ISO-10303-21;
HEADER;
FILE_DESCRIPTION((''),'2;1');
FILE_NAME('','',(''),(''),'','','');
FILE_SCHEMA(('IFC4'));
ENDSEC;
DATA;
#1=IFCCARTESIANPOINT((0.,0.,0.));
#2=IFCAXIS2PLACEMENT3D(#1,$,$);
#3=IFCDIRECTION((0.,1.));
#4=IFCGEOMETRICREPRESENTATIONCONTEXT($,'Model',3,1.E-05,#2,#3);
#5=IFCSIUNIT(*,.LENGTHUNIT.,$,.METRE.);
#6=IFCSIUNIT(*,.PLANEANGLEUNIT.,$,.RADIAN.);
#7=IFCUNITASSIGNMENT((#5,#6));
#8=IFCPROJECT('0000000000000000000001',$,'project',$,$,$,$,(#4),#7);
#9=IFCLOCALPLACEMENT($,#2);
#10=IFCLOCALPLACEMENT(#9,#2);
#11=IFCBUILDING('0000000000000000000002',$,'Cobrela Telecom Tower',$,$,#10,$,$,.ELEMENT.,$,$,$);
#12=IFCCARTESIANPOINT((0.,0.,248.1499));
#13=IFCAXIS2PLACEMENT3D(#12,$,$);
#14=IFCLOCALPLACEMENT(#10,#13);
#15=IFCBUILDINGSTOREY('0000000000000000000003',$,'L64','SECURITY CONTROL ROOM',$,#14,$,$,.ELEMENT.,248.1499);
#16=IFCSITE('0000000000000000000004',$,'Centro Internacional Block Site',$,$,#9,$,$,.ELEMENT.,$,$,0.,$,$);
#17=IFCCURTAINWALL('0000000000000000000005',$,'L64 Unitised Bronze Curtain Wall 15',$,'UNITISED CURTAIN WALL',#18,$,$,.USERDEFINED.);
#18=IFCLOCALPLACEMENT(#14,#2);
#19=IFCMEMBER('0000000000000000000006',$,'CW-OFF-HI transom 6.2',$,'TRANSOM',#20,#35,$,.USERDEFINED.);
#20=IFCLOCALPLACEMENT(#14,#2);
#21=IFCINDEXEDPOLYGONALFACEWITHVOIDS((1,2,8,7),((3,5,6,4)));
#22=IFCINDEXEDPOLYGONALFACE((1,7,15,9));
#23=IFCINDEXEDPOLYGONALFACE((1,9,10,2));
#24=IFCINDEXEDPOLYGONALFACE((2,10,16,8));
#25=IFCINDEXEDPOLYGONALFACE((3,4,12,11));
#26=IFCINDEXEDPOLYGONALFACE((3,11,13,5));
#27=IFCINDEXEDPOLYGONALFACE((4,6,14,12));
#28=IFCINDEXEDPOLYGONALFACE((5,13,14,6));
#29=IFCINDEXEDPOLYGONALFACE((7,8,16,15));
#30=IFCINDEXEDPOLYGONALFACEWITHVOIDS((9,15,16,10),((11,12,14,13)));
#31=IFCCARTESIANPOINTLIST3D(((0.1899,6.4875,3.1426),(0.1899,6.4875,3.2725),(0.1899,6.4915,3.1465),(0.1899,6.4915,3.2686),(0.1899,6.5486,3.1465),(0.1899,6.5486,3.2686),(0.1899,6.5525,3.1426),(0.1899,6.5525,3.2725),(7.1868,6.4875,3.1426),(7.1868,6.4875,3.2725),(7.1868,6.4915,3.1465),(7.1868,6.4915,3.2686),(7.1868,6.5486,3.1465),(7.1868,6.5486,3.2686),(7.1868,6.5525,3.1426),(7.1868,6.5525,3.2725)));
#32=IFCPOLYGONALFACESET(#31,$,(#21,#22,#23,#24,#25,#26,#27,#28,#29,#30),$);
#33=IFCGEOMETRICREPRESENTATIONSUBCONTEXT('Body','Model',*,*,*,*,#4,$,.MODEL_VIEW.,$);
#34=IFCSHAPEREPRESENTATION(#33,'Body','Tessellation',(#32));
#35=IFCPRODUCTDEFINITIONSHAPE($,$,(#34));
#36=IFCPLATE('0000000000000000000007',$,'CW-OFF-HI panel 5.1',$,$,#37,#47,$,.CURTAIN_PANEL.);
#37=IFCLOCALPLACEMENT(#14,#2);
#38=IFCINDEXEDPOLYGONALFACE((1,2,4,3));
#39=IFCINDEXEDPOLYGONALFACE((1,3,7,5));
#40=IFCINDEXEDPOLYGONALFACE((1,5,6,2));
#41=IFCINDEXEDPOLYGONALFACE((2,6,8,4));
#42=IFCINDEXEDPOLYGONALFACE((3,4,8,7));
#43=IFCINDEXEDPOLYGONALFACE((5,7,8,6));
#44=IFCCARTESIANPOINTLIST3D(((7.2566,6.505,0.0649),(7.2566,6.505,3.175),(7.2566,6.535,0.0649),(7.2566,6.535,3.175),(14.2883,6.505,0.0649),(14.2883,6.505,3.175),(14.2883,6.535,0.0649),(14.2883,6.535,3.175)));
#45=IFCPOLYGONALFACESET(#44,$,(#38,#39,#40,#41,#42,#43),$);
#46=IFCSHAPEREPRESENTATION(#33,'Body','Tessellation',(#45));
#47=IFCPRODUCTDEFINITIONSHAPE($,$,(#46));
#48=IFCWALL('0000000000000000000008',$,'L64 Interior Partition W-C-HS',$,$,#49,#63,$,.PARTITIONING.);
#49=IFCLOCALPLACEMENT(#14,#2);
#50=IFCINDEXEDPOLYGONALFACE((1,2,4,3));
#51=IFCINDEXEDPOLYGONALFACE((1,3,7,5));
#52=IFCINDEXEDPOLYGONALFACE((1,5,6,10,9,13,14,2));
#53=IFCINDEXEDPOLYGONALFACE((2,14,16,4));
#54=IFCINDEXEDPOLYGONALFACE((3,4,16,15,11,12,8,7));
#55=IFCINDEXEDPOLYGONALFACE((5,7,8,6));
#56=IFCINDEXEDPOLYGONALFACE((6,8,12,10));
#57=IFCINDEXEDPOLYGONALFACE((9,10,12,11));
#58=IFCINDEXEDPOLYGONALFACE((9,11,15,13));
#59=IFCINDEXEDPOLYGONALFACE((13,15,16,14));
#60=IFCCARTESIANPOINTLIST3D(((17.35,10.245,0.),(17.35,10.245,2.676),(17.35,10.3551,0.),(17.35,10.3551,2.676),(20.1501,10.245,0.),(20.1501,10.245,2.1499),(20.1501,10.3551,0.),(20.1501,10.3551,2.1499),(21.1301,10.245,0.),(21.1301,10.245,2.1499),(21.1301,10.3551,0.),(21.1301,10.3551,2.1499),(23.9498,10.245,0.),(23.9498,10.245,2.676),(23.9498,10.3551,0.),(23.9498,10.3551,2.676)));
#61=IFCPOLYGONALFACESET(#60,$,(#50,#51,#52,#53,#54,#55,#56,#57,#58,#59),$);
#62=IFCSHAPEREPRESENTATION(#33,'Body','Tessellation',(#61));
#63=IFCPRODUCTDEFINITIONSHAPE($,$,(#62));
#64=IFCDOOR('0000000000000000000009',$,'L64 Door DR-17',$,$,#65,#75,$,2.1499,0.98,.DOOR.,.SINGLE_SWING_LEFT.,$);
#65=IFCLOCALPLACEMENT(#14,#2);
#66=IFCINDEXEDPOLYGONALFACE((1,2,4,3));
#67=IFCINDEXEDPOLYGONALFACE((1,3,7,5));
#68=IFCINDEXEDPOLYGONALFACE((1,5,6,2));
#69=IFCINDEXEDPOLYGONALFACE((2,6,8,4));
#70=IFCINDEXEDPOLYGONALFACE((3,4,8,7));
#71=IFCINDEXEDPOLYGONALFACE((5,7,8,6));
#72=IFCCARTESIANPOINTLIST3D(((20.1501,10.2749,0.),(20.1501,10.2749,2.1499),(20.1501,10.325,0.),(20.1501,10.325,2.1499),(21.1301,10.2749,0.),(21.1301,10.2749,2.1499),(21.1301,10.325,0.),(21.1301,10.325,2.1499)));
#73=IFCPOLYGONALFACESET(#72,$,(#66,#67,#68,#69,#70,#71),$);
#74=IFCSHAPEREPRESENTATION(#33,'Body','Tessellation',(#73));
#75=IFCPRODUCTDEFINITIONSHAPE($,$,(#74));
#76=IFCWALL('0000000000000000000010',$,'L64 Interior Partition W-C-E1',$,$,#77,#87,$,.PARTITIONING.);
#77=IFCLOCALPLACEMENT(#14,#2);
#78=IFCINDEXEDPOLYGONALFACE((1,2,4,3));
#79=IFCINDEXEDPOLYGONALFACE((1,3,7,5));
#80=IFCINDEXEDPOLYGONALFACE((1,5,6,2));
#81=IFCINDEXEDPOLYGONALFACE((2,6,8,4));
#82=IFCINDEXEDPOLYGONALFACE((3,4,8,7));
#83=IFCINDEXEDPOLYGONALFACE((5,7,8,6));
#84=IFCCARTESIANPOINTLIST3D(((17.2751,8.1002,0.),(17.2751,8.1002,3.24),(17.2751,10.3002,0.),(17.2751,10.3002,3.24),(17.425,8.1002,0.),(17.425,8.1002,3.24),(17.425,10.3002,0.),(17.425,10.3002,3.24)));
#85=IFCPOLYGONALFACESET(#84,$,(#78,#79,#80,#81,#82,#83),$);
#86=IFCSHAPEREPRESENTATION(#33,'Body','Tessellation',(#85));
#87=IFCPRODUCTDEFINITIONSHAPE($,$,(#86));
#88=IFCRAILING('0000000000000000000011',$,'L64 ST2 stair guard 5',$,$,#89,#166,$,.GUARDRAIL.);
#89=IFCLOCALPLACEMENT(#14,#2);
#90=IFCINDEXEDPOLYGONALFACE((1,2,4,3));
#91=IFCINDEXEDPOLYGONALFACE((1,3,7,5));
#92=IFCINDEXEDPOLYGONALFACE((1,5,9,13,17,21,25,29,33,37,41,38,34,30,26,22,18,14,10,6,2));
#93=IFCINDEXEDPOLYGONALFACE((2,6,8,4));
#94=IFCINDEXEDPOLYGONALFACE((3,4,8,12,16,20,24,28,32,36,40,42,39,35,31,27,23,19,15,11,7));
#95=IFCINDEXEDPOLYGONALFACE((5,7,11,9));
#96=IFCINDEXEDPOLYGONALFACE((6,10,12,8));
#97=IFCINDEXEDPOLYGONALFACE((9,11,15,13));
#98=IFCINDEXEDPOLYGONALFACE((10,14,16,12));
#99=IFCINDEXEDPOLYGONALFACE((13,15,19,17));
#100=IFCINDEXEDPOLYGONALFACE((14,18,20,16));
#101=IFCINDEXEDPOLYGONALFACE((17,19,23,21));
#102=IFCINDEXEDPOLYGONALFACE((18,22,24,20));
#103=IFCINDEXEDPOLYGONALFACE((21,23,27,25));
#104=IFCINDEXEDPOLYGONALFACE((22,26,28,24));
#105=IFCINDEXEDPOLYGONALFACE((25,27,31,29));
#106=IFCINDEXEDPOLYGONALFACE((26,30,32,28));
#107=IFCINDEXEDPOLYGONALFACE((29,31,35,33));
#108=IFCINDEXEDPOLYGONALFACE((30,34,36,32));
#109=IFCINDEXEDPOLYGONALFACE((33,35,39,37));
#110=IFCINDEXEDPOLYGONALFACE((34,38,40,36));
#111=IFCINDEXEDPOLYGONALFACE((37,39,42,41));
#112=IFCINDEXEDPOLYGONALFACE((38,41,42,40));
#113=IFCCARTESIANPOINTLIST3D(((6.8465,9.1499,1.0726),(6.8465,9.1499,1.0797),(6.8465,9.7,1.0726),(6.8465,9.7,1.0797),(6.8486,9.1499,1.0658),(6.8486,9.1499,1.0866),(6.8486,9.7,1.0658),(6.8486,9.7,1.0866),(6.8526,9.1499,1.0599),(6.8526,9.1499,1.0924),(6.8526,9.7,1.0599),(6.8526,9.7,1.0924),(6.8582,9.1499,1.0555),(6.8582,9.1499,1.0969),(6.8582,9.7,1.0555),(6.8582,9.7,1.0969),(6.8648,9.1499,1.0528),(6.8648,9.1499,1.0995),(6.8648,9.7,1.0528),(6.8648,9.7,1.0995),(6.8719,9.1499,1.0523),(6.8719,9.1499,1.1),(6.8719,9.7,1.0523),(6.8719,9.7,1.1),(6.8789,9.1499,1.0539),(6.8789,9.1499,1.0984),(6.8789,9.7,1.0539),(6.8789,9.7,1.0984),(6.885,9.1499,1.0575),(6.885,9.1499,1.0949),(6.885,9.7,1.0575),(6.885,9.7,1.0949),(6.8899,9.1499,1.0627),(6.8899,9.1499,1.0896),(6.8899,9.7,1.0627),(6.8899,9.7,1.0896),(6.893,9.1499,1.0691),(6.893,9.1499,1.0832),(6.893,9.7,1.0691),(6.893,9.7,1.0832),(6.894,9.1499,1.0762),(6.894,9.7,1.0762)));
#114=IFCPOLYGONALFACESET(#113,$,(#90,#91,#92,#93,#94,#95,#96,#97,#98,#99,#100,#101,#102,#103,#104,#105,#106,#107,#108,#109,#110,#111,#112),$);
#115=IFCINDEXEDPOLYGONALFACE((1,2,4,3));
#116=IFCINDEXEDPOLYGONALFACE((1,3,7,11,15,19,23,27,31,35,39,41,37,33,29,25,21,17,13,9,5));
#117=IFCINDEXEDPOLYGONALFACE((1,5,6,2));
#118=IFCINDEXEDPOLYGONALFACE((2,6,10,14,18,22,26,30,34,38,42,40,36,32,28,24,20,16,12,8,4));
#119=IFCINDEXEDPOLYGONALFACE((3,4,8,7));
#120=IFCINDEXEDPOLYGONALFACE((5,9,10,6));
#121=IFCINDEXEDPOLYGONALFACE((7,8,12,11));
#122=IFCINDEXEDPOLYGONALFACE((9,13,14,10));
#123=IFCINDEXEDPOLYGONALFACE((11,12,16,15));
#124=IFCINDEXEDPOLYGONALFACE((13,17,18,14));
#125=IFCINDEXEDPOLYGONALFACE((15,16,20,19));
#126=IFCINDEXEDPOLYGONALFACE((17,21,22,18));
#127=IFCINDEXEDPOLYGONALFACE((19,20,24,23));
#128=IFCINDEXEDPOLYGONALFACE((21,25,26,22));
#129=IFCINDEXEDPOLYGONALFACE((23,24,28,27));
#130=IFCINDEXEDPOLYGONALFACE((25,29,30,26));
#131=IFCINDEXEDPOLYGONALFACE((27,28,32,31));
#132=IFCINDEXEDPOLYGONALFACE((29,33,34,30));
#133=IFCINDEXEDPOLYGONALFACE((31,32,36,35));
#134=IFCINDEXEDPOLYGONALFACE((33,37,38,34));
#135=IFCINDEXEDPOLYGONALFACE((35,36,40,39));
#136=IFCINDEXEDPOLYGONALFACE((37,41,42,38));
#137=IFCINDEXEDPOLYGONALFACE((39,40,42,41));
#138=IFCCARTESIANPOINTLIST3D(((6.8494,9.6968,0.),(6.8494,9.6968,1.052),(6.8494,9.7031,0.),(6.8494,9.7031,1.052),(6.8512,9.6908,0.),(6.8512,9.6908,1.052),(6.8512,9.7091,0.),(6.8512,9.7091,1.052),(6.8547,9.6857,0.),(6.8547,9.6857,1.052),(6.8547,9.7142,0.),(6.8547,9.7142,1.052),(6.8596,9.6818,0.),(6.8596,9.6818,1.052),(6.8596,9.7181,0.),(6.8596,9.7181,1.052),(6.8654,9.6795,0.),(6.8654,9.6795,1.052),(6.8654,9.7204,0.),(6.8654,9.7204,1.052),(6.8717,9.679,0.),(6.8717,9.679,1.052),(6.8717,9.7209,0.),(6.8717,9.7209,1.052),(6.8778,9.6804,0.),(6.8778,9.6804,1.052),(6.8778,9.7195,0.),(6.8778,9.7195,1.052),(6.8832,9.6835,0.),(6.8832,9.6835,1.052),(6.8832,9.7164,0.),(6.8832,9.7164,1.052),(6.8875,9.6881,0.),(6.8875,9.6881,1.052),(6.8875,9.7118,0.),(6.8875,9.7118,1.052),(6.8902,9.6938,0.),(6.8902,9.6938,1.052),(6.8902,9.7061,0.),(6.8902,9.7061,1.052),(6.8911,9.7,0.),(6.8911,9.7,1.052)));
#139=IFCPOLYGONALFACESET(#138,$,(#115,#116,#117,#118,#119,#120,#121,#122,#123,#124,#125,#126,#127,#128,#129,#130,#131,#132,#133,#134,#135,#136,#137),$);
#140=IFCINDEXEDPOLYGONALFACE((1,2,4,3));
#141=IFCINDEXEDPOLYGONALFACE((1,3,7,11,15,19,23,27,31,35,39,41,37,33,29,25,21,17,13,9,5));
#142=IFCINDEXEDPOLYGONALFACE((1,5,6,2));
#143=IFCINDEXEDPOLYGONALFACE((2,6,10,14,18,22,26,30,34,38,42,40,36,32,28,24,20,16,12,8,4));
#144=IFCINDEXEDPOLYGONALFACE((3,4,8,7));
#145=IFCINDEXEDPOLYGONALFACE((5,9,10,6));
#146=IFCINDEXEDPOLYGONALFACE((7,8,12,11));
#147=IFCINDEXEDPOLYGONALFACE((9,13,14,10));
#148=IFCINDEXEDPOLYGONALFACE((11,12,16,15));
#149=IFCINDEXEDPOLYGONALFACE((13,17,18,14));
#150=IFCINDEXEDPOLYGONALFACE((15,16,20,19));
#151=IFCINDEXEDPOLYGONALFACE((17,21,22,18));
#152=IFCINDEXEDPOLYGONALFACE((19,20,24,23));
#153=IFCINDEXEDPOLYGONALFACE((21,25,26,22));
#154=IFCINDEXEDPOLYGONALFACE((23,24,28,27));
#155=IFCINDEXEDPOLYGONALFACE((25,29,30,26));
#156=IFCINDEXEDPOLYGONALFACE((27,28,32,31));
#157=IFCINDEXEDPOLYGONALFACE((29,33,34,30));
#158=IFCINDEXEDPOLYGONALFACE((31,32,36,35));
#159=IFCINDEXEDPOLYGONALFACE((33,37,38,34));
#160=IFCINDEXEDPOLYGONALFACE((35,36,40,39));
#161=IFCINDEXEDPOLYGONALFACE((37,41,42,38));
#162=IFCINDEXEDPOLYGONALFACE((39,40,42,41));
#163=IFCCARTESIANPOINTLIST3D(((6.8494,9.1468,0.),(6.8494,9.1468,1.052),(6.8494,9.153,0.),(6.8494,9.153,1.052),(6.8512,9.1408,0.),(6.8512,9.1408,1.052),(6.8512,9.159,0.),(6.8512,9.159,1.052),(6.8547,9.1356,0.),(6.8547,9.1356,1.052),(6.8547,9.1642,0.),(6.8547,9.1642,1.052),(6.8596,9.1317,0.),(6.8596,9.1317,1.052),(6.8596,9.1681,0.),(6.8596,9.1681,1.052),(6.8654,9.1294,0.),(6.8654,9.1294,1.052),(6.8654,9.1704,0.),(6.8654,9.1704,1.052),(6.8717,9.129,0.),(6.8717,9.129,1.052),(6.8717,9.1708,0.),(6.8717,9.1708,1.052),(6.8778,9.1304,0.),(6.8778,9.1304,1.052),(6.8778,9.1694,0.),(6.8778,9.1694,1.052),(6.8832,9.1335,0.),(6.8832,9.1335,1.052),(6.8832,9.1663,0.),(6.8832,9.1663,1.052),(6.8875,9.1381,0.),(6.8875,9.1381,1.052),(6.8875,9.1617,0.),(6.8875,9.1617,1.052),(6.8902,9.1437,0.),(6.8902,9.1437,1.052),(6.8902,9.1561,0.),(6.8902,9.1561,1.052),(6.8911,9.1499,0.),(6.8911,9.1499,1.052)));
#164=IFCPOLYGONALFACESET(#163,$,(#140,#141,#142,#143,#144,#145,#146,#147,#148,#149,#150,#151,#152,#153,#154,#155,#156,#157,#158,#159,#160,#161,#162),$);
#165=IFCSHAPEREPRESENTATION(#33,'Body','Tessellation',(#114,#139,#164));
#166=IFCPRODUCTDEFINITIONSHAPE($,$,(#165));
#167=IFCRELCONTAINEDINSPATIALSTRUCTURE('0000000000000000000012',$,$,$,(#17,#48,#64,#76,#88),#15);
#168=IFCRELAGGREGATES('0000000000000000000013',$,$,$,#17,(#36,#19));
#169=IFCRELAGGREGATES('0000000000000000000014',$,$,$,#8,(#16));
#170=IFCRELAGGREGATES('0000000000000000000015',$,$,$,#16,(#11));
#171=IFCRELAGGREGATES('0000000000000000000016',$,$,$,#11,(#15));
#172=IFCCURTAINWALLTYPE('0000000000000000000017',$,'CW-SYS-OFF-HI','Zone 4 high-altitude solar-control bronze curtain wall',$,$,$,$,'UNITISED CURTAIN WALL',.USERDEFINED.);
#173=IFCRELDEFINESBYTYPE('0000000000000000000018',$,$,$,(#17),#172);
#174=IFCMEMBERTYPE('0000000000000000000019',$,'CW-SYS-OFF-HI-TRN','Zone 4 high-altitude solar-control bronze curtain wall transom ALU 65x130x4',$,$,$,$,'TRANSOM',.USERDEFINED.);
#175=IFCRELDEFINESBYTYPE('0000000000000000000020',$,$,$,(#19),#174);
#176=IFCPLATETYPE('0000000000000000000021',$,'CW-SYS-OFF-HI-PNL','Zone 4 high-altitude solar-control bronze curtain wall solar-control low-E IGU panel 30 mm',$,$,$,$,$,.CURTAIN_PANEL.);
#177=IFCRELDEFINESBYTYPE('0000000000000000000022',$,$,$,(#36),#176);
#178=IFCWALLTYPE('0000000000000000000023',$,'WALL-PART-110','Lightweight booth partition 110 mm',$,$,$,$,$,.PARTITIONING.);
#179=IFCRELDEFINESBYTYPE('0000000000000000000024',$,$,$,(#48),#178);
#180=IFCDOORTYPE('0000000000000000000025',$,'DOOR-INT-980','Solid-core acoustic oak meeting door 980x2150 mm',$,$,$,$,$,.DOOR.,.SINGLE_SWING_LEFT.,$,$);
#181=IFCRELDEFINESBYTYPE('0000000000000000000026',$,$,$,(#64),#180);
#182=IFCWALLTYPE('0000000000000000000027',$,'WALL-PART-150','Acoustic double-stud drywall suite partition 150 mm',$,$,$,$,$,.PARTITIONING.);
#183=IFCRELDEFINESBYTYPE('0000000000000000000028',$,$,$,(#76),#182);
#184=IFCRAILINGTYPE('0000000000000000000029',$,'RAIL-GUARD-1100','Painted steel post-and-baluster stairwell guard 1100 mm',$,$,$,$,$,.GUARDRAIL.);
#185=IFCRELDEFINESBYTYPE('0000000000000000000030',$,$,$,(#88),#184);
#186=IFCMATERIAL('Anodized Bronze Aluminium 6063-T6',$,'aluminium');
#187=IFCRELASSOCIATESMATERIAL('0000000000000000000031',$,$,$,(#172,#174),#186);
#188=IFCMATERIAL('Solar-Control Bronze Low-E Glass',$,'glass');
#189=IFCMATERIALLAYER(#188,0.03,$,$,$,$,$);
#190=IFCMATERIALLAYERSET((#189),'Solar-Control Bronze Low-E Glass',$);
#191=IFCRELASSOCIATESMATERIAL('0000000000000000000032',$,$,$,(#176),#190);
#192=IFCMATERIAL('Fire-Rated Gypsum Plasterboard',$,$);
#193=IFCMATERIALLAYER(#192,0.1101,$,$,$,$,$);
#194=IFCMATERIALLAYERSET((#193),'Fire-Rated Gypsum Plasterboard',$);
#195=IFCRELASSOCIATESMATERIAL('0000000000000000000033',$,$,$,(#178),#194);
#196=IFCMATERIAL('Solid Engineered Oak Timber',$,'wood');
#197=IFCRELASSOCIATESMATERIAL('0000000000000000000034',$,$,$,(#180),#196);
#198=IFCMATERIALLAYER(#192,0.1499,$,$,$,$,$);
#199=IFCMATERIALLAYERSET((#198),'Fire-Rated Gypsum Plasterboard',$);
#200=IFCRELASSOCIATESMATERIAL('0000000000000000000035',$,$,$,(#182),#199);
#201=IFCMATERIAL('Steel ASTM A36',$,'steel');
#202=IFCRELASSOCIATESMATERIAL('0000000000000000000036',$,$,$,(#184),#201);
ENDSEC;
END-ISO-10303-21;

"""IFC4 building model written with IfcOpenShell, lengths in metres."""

from ifc_helpers import new_model, si_unit, direction, frame, frame_2d, origin, origin_2d, place, context, subcontext, project, spatial, rectangle, hollow_rectangle, circle, extrude, material, layer, layer_set, material_profile, profile_set, type_object, element, fill, aggregate, save


model = new_model("IFC4")

# Units and contexts
model_context = context("Model", 3, precision=1e-05, world=origin(), true_north=direction((0.0, 1.0)))
body_context = subcontext(model_context, "Body", "Model", "MODEL_VIEW")
ifc_project = project(units=[si_unit("LENGTHUNIT", "METRE"), si_unit("PLANEANGLEUNIT", "RADIAN")], contexts=[model_context])

# Site, building, storey
site_placement = place(None, origin())
site = spatial("IfcSite", under=ifc_project, at=site_placement, Name="Centro Internacional Block Site", CompositionType="ELEMENT", RefElevation=0.0)
building_placement = place(site_placement, origin())
building = spatial("IfcBuilding", under=site, at=building_placement, Name="Cobrela Telecom Tower", CompositionType="ELEMENT")
storey_placement = place(building_placement, frame((0.0, 0.0, 248.1499)))
storey = spatial("IfcBuildingStorey", under=building, at=storey_placement, Name="L64", Description="SECURITY CONTROL ROOM", CompositionType="ELEMENT", Elevation=248.1499)

# Curtain wall, member, plate
ifc_material_1 = material(Name="Anodized Bronze Aluminium 6063-T6", Category="aluminium")
curtain_wall_type = type_object("IfcCurtainWallType", Name="CW-SYS-OFF-HI", Description="Zone 4 high-altitude solar-control bronze curtain wall", ElementType="UNITISED CURTAIN WALL", PredefinedType="USERDEFINED", material=ifc_material_1)
curtain_wall_placement = place(storey_placement, origin())
curtain_wall = element("IfcCurtainWall", 1, at=curtain_wall_placement, inside=storey, type_object=curtain_wall_type, Name="L64 Unitised Bronze Curtain Wall 15", ObjectType="UNITISED CURTAIN WALL", PredefinedType="USERDEFINED")
ifc_material_profile_1 = material_profile(ifc_material_1, hollow_rectangle(XDim=0.0649, YDim=0.1299, WallThickness=0.0039, at=origin_2d()), Name="ALU 65x130x4")
ifc_profile_set_1 = profile_set([ifc_material_profile_1], Name="Anodized Bronze Aluminium 6063-T6")
member_type_1 = type_object("IfcMemberType", Name="CW-SYS-OFF-HI-TRN", Description="Zone 4 high-altitude solar-control bronze curtain wall transom ALU 65x130x4", ElementType="TRANSOM", PredefinedType="USERDEFINED", material=ifc_profile_set_1)
member_1_placement = place(storey_placement, frame((7.1868, 6.52, 3.2075), z_axis=(-1.0, 0.0, 0.0), x_axis=(0.0, -1.0, 0.0)))
member_1 = element("IfcMember", 2, at=member_1_placement, type_object=member_type_1, Name="CW-OFF-HI transom 6.2", ObjectType="TRANSOM", PredefinedType="USERDEFINED", context=body_context, shape_type="SweptSolid", body=[
    extrude(hollow_rectangle(XDim=0.0649, YDim=0.1299, WallThickness=0.0039, at=origin_2d()), origin(), (0.0, 0.0, 1.0), 6.9968),
])
ifc_material_2 = material(Name="Solar-Control Bronze Low-E Glass", Category="glass")
ifc_layer_1 = layer(ifc_material_2, 0.03)
ifc_layer_set_1 = layer_set([ifc_layer_1], Name="Solar-Control Bronze Low-E Glass")
plate_type = type_object("IfcPlateType", Name="CW-SYS-OFF-HI-PNL", Description="Zone 4 high-altitude solar-control bronze curtain wall solar-control low-E IGU panel 30 mm", PredefinedType="CURTAIN_PANEL", material=ifc_layer_set_1)
plate_placement = place(storey_placement, frame((10.7725, 6.52, 0.0649), z_axis=(0.0, 0.0, 1.0), x_axis=(-1.0, 0.0, 0.0)))
plate = element("IfcPlate", 3, at=plate_placement, type_object=plate_type, Name="CW-OFF-HI panel 5.1", PredefinedType="CURTAIN_PANEL", context=body_context, shape_type="SweptSolid", body=[
    extrude(rectangle(XDim=7.0317, YDim=0.03, at=origin_2d()), origin(), (0.0, 0.0, 1.0), 3.1101),
])
aggregate(curtain_wall, [plate, member_1])

# Wall, opening, door
ifc_material_3 = material(Name="Fire-Rated Gypsum Plasterboard")
ifc_layer_2 = layer(ifc_material_3, 0.1101)
ifc_layer_set_2 = layer_set([ifc_layer_2], Name="Fire-Rated Gypsum Plasterboard")
wall_type_1 = type_object("IfcWallType", Name="WALL-PART-110", Description="Lightweight booth partition 110 mm", PredefinedType="PARTITIONING", material=ifc_layer_set_2)
ifc_material_4 = material(Name="Solid Engineered Oak Timber", Category="wood")
door_type_1 = type_object("IfcDoorType", Name="DOOR-INT-980", Description="Solid-core acoustic oak meeting door 980x2150 mm", OperationType="SINGLE_SWING_LEFT", PredefinedType="DOOR", material=ifc_material_4)
wall_1_placement = place(storey_placement, frame((17.3501, 10.3, 0.0), z_axis=(0.0, 0.0, 1.0), x_axis=(1.0, 0.0, 0.0)))
wall_1 = element("IfcWall", 4, at=wall_1_placement, inside=storey, type_object=wall_type_1, Name="L64 Interior Partition W-C-HS", PredefinedType="PARTITIONING", context=body_context, shape_type="SweptSolid", body=[
    extrude(rectangle(XDim=6.5999, YDim=0.1101, at=frame_2d((3.2998, 0.0))), origin(), (0.0, 0.0, 1.0), 2.676),
])
opening_1_placement = place(wall_1_placement, frame((2.8, 0.0, 0.0)))
opening_1 = element("IfcOpeningElement", 5, at=opening_1_placement, cuts=wall_1, PredefinedType="OPENING", context=body_context, shape_type="SweptSolid", body=[
    extrude(rectangle(XDim=0.98, YDim=2.1499, at=frame_2d((0.49, 1.075))), frame((0.0, 0.0669, 0.0), z_axis=(0.0, -1.0, 0.0), x_axis=(1.0, 0.0, 0.0)), (0.0, 0.0, 1.0), 0.134),
])
door_1_placement = place(opening_1_placement, origin())
door_1 = element("IfcDoor", 6, at=door_1_placement, inside=storey, type_object=door_type_1, Name="L64 Door DR-17", OperationType="SINGLE_SWING_LEFT", OverallHeight=2.1499, OverallWidth=0.98, PredefinedType="DOOR", context=body_context, shape_type="SweptSolid", body=[
    extrude(rectangle(XDim=0.98, YDim=2.1499, at=frame_2d((0.49, 1.075))), frame((0.0, 0.0249, 0.0), z_axis=(0.0, -1.0, 0.0), x_axis=(1.0, 0.0, 0.0)), (0.0, 0.0, 1.0), 0.05),
])
fill(opening_1, door_1)

# Wall
ifc_layer_3 = layer(ifc_material_3, 0.1499)
ifc_layer_set_3 = layer_set([ifc_layer_3], Name="Fire-Rated Gypsum Plasterboard")
wall_type_2 = type_object("IfcWallType", Name="WALL-PART-150", Description="Acoustic double-stud drywall suite partition 150 mm", PredefinedType="PARTITIONING", material=ifc_layer_set_3)
wall_2_placement = place(storey_placement, frame((17.3501, 8.1001, 0.0), z_axis=(0.0, 0.0, 1.0), x_axis=(0.0, 1.0, 0.0)))
element("IfcWall", 7, at=wall_2_placement, inside=storey, type_object=wall_type_2, Name="L64 Interior Partition W-C-E1", PredefinedType="PARTITIONING", context=body_context, shape_type="SweptSolid", body=[
    extrude(rectangle(XDim=2.2, YDim=0.1499, at=frame_2d((1.1001, 0.0))), origin(), (0.0, 0.0, 1.0), 3.24),
])

# Shared definitions
ifc_material_5 = material(Name="Steel ASTM A36", Category="steel")

# Railing
railing_type = type_object("IfcRailingType", Name="RAIL-GUARD-1100", Description="Painted steel post-and-baluster stairwell guard 1100 mm", PredefinedType="GUARDRAIL", material=ifc_material_5)
railing_placement = place(storey_placement, frame((6.8701, 9.7, 0.0)))
element("IfcRailing", 8, at=railing_placement, inside=storey, type_object=railing_type, Name="L64 ST2 stair guard 5", PredefinedType="GUARDRAIL", context=body_context, shape_type="SweptSolid", body=[
    extrude(circle(Radius=0.0239, at=origin_2d()), frame((0.0, 0.0, 1.0762), z_axis=(0.0, -1.0, 0.0), x_axis=(1.0, 0.0, 0.0)), (0.0, 0.0, 1.0), 0.55),
    extrude(circle(Radius=0.021, at=origin_2d()), origin(), (0.0, 0.0, 1.0), 1.052),
    extrude(circle(Radius=0.021, at=origin_2d()), frame((0.0, -0.55, 0.0)), (0.0, 0.0, 1.0), 1.052),
])

save(model, "model.ifc")
